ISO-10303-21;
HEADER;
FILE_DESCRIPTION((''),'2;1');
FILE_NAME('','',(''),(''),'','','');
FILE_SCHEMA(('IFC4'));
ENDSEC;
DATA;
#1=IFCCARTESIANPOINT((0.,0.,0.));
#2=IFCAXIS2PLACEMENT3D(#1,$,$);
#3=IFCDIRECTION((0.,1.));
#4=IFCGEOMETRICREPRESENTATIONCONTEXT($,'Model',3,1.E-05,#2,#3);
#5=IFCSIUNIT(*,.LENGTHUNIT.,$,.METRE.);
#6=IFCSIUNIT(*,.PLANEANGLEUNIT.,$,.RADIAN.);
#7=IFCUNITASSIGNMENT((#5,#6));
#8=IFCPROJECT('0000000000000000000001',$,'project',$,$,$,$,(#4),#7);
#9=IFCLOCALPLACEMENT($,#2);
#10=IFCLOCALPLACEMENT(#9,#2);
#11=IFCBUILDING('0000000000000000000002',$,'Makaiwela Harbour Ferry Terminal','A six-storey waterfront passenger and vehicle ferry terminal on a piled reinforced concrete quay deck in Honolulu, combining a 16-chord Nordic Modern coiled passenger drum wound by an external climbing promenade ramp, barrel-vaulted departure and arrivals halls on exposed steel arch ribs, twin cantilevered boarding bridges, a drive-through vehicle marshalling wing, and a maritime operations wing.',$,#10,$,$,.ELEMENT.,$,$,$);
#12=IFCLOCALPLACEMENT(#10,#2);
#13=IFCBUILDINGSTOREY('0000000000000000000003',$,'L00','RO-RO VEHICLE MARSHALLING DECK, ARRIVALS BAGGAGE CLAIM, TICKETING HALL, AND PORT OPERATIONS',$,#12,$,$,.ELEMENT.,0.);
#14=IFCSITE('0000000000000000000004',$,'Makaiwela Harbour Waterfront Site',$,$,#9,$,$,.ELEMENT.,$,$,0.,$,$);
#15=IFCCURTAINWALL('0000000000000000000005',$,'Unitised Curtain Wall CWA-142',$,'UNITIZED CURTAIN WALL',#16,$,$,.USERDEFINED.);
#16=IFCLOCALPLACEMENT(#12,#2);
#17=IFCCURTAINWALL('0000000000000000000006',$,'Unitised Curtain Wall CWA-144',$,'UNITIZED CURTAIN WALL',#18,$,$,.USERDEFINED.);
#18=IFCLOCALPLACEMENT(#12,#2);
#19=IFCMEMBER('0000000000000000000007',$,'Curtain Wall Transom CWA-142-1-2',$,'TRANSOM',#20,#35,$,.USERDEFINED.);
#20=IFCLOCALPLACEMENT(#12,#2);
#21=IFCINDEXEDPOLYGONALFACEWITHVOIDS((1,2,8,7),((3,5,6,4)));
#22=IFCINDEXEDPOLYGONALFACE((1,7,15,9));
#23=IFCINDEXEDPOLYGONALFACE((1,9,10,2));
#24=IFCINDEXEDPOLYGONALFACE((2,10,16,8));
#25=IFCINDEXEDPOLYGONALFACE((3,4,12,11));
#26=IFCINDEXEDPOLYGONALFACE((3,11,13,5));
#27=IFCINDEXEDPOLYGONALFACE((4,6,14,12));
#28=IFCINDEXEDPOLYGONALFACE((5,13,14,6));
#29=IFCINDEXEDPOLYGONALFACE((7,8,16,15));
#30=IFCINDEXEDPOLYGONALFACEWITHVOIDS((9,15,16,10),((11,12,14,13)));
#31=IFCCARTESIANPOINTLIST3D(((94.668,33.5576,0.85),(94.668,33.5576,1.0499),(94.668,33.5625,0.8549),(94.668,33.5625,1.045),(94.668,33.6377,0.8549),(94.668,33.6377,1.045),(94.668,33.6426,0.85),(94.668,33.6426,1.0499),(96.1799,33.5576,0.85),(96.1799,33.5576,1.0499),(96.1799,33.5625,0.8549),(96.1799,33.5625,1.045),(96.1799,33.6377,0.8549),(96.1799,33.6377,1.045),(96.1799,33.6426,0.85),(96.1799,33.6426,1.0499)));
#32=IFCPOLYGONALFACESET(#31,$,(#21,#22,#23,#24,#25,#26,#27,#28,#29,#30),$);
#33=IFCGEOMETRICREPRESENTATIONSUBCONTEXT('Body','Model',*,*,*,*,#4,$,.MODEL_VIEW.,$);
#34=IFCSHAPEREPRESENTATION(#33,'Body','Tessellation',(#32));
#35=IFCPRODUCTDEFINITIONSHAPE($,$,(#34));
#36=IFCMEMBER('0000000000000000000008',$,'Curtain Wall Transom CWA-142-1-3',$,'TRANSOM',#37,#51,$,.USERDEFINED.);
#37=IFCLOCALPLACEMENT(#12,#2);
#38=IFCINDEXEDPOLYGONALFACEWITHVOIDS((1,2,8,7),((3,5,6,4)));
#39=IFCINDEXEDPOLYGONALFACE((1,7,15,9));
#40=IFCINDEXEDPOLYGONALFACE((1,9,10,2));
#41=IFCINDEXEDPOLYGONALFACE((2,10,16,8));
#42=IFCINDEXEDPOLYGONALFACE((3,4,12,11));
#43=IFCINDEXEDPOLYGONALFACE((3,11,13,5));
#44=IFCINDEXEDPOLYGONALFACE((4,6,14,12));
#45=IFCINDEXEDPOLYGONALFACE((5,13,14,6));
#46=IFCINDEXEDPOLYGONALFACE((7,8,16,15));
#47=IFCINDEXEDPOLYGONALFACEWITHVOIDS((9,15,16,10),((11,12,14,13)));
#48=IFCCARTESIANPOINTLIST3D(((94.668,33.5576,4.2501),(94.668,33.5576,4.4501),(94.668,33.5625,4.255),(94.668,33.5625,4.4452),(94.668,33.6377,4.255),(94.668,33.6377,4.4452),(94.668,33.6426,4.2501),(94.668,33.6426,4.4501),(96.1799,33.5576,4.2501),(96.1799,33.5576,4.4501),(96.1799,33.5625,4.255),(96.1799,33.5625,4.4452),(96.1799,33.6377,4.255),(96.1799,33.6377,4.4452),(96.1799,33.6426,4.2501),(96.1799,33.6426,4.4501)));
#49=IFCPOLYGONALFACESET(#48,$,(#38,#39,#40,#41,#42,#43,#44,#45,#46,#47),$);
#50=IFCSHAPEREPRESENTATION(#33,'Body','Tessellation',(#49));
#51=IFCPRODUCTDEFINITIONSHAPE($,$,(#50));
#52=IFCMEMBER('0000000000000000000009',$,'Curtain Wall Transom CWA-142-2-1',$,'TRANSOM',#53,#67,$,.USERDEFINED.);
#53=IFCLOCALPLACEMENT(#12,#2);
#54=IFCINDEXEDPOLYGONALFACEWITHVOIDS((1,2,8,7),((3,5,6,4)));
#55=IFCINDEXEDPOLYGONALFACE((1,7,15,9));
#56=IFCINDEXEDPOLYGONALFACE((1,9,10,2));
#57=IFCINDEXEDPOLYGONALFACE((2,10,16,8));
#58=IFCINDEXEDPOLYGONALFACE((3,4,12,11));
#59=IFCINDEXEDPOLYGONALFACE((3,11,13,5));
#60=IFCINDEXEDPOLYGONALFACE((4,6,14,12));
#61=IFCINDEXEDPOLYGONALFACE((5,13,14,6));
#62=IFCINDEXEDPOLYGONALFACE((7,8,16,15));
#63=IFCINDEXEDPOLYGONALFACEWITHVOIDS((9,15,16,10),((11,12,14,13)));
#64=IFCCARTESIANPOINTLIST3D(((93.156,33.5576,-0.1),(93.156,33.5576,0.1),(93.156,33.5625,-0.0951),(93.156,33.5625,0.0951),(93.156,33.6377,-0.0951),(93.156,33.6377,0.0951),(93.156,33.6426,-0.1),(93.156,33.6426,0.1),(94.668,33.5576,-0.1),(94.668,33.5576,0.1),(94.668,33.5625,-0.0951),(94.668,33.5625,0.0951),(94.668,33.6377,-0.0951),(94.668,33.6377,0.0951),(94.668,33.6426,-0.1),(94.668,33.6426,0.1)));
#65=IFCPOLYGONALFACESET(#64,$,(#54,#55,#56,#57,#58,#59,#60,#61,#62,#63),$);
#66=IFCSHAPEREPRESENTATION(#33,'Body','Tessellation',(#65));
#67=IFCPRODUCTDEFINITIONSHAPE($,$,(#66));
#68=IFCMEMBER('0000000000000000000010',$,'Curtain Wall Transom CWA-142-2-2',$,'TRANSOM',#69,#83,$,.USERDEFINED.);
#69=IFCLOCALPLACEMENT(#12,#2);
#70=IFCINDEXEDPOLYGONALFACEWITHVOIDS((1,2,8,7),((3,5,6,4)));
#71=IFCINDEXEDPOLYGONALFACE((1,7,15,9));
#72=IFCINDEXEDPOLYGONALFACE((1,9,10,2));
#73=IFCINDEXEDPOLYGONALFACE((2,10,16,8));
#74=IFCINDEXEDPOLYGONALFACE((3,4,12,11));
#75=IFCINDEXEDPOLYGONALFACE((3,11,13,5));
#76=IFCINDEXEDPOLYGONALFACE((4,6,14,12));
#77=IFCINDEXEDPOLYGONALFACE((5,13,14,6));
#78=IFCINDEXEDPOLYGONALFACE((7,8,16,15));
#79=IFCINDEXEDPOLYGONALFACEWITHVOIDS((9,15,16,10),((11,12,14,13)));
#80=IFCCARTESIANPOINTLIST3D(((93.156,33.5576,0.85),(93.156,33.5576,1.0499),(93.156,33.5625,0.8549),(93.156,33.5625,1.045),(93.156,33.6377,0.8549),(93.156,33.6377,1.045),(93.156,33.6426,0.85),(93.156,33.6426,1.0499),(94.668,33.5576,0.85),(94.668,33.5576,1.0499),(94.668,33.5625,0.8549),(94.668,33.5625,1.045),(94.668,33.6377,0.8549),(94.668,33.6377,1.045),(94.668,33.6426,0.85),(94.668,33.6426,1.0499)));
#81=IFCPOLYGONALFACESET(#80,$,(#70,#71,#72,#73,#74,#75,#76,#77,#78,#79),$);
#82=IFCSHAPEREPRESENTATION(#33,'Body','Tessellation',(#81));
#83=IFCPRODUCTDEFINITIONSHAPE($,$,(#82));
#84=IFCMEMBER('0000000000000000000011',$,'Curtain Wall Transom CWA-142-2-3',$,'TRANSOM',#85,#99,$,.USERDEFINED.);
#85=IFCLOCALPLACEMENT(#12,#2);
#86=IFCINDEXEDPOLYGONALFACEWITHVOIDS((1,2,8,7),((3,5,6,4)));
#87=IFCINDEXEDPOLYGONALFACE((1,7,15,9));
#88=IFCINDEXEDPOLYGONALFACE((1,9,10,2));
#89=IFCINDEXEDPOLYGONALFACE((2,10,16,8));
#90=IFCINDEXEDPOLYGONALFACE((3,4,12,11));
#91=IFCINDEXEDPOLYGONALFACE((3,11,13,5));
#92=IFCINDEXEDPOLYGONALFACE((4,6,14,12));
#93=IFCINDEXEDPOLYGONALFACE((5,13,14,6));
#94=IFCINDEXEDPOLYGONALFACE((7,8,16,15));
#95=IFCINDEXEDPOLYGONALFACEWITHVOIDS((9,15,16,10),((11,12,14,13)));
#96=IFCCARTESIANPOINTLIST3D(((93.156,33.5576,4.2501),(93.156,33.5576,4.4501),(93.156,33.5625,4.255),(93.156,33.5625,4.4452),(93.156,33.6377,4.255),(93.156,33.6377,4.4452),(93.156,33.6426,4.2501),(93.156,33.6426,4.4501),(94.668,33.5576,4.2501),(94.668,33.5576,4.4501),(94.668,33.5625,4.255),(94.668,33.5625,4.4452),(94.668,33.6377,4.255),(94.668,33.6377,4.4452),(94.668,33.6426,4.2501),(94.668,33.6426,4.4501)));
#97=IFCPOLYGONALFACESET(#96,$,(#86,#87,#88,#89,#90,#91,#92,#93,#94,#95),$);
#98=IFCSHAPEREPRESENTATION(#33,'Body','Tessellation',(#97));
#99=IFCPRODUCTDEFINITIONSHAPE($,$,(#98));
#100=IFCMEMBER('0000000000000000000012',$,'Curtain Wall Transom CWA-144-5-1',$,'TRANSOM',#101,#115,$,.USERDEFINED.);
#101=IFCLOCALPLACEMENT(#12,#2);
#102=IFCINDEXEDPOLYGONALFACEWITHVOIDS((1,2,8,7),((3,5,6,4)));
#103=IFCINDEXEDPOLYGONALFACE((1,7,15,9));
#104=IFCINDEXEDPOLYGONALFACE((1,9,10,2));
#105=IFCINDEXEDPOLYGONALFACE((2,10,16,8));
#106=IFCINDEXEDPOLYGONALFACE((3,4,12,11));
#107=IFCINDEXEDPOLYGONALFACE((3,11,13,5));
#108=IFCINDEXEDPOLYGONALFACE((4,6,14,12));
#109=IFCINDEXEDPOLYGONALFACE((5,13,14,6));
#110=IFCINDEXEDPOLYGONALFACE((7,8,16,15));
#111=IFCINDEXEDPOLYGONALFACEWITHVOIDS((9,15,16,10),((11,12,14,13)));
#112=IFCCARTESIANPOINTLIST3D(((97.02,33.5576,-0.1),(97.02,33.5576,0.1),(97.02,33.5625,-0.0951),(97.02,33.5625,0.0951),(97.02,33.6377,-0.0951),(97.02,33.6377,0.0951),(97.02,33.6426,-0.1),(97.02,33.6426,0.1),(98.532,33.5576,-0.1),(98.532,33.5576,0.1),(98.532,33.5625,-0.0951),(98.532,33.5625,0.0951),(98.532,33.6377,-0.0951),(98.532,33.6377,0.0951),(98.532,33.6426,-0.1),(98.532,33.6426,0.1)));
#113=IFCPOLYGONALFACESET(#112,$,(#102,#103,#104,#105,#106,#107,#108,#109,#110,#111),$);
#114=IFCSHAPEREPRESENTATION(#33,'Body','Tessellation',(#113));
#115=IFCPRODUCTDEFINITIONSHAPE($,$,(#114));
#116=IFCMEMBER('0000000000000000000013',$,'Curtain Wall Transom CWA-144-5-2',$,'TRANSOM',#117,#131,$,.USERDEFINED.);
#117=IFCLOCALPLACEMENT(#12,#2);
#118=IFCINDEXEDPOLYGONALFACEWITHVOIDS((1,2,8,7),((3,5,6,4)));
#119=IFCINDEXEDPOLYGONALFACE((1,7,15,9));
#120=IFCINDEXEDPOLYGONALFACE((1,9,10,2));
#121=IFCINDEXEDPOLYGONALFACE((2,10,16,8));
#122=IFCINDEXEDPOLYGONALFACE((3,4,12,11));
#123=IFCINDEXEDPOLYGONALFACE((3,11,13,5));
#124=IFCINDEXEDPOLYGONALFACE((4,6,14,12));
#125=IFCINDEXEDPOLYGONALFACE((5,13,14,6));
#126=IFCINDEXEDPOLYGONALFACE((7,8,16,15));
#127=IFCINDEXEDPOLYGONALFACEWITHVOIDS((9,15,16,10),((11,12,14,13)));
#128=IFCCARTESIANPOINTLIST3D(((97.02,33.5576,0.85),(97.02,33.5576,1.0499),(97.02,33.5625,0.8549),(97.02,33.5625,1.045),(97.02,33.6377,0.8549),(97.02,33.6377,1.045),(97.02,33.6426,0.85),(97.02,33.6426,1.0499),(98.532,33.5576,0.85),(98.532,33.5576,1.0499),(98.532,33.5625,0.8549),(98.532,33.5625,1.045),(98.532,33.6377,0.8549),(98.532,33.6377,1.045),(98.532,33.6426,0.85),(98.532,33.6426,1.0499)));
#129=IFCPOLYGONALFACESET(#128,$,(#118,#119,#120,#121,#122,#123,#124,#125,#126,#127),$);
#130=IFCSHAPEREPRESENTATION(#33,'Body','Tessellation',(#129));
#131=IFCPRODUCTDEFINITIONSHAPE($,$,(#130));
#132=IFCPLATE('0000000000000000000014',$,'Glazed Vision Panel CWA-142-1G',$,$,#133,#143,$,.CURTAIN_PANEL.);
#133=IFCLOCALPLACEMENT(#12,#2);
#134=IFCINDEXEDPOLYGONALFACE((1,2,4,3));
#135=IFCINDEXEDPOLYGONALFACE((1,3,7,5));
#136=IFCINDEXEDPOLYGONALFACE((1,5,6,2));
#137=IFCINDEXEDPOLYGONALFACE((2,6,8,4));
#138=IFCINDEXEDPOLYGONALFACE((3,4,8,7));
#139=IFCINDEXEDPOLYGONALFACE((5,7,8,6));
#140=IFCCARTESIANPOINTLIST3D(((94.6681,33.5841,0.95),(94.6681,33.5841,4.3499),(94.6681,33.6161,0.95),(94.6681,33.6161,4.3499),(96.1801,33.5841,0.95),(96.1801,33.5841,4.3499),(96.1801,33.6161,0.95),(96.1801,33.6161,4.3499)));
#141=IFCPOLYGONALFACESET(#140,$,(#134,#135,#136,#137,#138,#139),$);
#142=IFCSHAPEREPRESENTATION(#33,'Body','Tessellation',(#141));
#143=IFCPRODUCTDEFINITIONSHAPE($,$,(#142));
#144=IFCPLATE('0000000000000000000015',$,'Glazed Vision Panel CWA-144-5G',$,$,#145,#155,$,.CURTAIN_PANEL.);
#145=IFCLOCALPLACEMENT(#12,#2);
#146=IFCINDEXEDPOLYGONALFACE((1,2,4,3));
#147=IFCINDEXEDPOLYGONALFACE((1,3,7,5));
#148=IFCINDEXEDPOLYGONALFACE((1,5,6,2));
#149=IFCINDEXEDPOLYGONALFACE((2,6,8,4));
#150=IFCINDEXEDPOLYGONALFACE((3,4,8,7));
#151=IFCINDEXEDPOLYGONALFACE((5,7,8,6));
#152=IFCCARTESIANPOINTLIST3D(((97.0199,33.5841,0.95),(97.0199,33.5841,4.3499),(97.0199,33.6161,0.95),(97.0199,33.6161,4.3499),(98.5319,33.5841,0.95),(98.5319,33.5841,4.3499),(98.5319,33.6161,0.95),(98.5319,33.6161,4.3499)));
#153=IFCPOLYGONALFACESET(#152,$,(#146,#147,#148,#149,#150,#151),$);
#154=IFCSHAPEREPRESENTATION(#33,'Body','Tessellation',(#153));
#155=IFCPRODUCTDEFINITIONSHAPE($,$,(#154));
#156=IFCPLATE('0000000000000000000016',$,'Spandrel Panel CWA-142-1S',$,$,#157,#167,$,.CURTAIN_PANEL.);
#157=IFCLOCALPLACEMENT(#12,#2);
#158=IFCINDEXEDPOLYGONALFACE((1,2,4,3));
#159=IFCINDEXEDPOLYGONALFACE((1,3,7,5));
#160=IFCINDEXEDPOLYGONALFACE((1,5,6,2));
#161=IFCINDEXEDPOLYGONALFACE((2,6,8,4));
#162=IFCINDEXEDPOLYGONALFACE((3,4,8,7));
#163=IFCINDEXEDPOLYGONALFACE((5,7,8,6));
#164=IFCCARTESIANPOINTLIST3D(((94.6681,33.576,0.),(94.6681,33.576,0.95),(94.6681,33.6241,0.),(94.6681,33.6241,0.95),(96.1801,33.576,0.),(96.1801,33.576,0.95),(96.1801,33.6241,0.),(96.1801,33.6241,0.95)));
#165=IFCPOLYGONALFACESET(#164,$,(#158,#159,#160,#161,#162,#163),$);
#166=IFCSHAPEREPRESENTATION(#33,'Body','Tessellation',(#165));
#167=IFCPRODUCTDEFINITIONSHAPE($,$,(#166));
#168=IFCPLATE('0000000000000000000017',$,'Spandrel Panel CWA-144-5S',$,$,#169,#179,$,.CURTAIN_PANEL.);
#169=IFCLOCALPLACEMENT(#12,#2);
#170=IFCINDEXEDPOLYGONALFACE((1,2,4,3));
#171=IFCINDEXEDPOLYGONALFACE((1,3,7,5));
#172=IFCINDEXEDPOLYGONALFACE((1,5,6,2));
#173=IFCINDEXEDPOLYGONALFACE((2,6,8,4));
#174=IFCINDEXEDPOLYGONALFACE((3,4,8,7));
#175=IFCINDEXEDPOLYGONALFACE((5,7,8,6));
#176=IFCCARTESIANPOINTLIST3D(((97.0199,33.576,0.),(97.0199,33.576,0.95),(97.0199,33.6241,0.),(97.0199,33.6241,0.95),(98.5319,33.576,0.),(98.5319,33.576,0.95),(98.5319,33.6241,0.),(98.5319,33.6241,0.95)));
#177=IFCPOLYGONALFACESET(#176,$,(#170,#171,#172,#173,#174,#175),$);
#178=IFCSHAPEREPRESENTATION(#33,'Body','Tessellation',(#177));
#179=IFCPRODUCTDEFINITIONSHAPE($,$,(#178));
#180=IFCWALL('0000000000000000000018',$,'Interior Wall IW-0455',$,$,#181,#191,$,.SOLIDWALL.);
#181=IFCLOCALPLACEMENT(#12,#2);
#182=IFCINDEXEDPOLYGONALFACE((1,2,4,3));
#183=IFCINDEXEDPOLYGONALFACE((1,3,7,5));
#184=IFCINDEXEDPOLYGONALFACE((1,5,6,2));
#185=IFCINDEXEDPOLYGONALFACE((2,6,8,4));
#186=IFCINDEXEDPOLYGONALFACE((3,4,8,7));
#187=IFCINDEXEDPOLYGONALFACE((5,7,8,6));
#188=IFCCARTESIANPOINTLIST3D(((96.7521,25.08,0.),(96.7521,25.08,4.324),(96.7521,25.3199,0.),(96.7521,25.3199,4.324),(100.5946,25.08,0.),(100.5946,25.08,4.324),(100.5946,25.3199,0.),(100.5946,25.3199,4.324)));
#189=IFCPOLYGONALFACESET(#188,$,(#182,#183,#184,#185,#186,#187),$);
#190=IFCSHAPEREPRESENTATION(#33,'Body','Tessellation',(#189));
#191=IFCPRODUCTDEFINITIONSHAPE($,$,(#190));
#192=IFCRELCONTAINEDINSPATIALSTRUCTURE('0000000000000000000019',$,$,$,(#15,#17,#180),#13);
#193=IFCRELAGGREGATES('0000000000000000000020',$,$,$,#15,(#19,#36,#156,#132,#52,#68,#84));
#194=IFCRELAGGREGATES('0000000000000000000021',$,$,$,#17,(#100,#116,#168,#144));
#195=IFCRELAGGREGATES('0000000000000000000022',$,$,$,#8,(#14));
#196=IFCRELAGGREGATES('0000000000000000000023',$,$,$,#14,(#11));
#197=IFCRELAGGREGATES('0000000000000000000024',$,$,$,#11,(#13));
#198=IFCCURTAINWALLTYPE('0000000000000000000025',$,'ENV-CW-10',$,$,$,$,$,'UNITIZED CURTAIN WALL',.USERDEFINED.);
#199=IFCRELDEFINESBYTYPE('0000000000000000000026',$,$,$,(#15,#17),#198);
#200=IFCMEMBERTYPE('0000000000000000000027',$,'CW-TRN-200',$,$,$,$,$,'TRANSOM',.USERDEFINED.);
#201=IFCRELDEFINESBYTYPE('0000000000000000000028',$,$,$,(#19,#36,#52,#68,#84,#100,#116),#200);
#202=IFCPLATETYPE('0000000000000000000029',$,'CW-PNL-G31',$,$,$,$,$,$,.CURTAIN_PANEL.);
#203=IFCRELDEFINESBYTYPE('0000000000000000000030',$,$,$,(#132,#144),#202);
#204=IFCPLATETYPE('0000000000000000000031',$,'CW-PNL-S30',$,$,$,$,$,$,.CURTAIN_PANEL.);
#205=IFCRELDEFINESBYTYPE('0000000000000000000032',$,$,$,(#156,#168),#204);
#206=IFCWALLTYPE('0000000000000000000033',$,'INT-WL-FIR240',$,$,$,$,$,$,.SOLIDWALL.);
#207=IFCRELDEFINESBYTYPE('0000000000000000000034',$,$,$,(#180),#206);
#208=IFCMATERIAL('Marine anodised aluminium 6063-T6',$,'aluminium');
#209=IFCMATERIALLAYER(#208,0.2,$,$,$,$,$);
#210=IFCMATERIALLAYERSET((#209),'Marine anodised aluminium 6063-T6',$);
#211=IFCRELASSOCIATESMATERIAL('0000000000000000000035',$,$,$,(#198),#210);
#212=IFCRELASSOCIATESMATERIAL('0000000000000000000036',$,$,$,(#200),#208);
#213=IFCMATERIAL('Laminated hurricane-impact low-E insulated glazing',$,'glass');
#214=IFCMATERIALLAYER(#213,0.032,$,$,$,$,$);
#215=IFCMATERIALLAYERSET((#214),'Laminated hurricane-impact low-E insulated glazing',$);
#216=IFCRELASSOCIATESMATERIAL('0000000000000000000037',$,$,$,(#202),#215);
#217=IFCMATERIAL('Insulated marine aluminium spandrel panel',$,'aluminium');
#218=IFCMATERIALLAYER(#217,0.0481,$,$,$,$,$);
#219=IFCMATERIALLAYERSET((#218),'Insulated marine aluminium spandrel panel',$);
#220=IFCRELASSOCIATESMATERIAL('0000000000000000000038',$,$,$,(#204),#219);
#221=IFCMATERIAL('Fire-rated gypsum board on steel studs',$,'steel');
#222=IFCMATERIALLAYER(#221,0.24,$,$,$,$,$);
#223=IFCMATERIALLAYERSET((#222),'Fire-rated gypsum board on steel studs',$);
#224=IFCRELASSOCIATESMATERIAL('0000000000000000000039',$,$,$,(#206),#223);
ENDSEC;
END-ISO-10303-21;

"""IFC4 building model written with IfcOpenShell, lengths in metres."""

from ifc_helpers import new_model, si_unit, direction, frame, frame_2d, origin, origin_2d, place, context, subcontext, project, spatial, rectangle, hollow_rectangle, extrude, material, layer, layer_set, material_profile, profile_set, type_object, element, aggregate, save


model = new_model("IFC4")

# Units and contexts
model_context = context("Model", 3, precision=1e-05, world=origin(), true_north=direction((0.0, 1.0)))
body_context = subcontext(model_context, "Body", "Model", "MODEL_VIEW")
ifc_project = project(units=[si_unit("LENGTHUNIT", "METRE"), si_unit("PLANEANGLEUNIT", "RADIAN")], contexts=[model_context])

# Site, building, storey
site_placement = place(None, origin())
site = spatial("IfcSite", under=ifc_project, at=site_placement, Name="Makaiwela Harbour Waterfront Site", CompositionType="ELEMENT", RefElevation=0.0)
building_placement = place(site_placement, origin())
building = spatial("IfcBuilding", under=site, at=building_placement, Name="Makaiwela Harbour Ferry Terminal", Description="A six-storey waterfront passenger and vehicle ferry terminal on a piled reinforced concrete quay deck in Honolulu, combining a 16-chord Nordic Modern coiled passenger drum wound by an external climbing promenade ramp, barrel-vaulted departure and arrivals halls on exposed steel arch ribs, twin cantilevered boarding bridges, a drive-through vehicle marshalling wing, and a maritime operations wing.", CompositionType="ELEMENT")
storey_placement = place(building_placement, origin())
storey = spatial("IfcBuildingStorey", under=building, at=storey_placement, Name="L00", Description="RO-RO VEHICLE MARSHALLING DECK, ARRIVALS BAGGAGE CLAIM, TICKETING HALL, AND PORT OPERATIONS", CompositionType="ELEMENT", Elevation=0.0)

# Curtain wall
ifc_material_1 = material(Name="Marine anodised aluminium 6063-T6", Category="aluminium")
ifc_layer_1 = layer(ifc_material_1, 0.2)
ifc_layer_set_1 = layer_set([ifc_layer_1], Name="Marine anodised aluminium 6063-T6")
curtain_wall_type = type_object("IfcCurtainWallType", Name="ENV-CW-10", ElementType="UNITIZED CURTAIN WALL", PredefinedType="USERDEFINED", material=ifc_layer_set_1)
curtain_wall_1_placement = place(storey_placement, origin())
curtain_wall_1 = element("IfcCurtainWall", 1, at=curtain_wall_1_placement, inside=storey, type_object=curtain_wall_type, Name="Unitised Curtain Wall CWA-142", ObjectType="UNITIZED CURTAIN WALL", PredefinedType="USERDEFINED")

# Curtain wall
curtain_wall_2_placement = place(storey_placement, origin())
curtain_wall_2 = element("IfcCurtainWall", 2, at=curtain_wall_2_placement, inside=storey, type_object=curtain_wall_type, Name="Unitised Curtain Wall CWA-144", ObjectType="UNITIZED CURTAIN WALL", PredefinedType="USERDEFINED")

# Members
ifc_material_profile_1 = material_profile(ifc_material_1, hollow_rectangle(XDim=0.085, YDim=0.2, WallThickness=0.0049, at=origin_2d()), Name="CWT-200X85")
ifc_profile_set_1 = profile_set([ifc_material_profile_1], Name="Marine anodised aluminium 6063-T6")
member_type_1 = type_object("IfcMemberType", Name="CW-TRN-200", ElementType="TRANSOM", PredefinedType="USERDEFINED", material=ifc_profile_set_1)
member_1_placement = place(storey_placement, frame((96.1799, 33.6001, 0.95), z_axis=(-1.0, 0.0, 0.0), x_axis=(0.0, -1.0, 0.0)))
member_1 = element("IfcMember", 3, at=member_1_placement, type_object=member_type_1, Name="Curtain Wall Transom CWA-142-1-2", ObjectType="TRANSOM", PredefinedType="USERDEFINED", context=body_context, shape_type="SweptSolid", body=[
    extrude(hollow_rectangle(XDim=0.085, YDim=0.2, WallThickness=0.0049, at=origin_2d()), origin(), (0.0, 0.0, 1.0), 1.512),
])
member_2_placement = place(storey_placement, frame((96.1799, 33.6001, 4.3501), z_axis=(-1.0, 0.0, 0.0), x_axis=(0.0, -1.0, 0.0)))
member_2 = element("IfcMember", 4, at=member_2_placement, type_object=member_type_1, Name="Curtain Wall Transom CWA-142-1-3", ObjectType="TRANSOM", PredefinedType="USERDEFINED", context=body_context, shape_type="SweptSolid", body=[
    extrude(hollow_rectangle(XDim=0.085, YDim=0.2, WallThickness=0.0049, at=origin_2d()), origin(), (0.0, 0.0, 1.0), 1.512),
])
member_3_placement = place(storey_placement, frame((94.668, 33.6001, 0.0), z_axis=(-1.0, 0.0, 0.0), x_axis=(0.0, -1.0, 0.0)))
member_3 = element("IfcMember", 5, at=member_3_placement, type_object=member_type_1, Name="Curtain Wall Transom CWA-142-2-1", ObjectType="TRANSOM", PredefinedType="USERDEFINED", context=body_context, shape_type="SweptSolid", body=[
    extrude(hollow_rectangle(XDim=0.085, YDim=0.2, WallThickness=0.0049, at=origin_2d()), origin(), (0.0, 0.0, 1.0), 1.512),
])
member_4_placement = place(storey_placement, frame((94.668, 33.6001, 0.95), z_axis=(-1.0, 0.0, 0.0), x_axis=(0.0, -1.0, 0.0)))
member_4 = element("IfcMember", 6, at=member_4_placement, type_object=member_type_1, Name="Curtain Wall Transom CWA-142-2-2", ObjectType="TRANSOM", PredefinedType="USERDEFINED", context=body_context, shape_type="SweptSolid", body=[
    extrude(hollow_rectangle(XDim=0.085, YDim=0.2, WallThickness=0.0049, at=origin_2d()), origin(), (0.0, 0.0, 1.0), 1.512),
])
member_5_placement = place(storey_placement, frame((94.668, 33.6001, 4.3501), z_axis=(-1.0, 0.0, 0.0), x_axis=(0.0, -1.0, 0.0)))
member_5 = element("IfcMember", 7, at=member_5_placement, type_object=member_type_1, Name="Curtain Wall Transom CWA-142-2-3", ObjectType="TRANSOM", PredefinedType="USERDEFINED", context=body_context, shape_type="SweptSolid", body=[
    extrude(hollow_rectangle(XDim=0.085, YDim=0.2, WallThickness=0.0049, at=origin_2d()), origin(), (0.0, 0.0, 1.0), 1.512),
])
member_6_placement = place(storey_placement, frame((98.532, 33.6001, 0.0), z_axis=(-1.0, 0.0, 0.0), x_axis=(0.0, -1.0, 0.0)))
member_6 = element("IfcMember", 8, at=member_6_placement, type_object=member_type_1, Name="Curtain Wall Transom CWA-144-5-1", ObjectType="TRANSOM", PredefinedType="USERDEFINED", context=body_context, shape_type="SweptSolid", body=[
    extrude(hollow_rectangle(XDim=0.085, YDim=0.2, WallThickness=0.0049, at=origin_2d()), origin(), (0.0, 0.0, 1.0), 1.512),
])
member_7_placement = place(storey_placement, frame((98.532, 33.6001, 0.95), z_axis=(-1.0, 0.0, 0.0), x_axis=(0.0, -1.0, 0.0)))
member_7 = element("IfcMember", 9, at=member_7_placement, type_object=member_type_1, Name="Curtain Wall Transom CWA-144-5-2", ObjectType="TRANSOM", PredefinedType="USERDEFINED", context=body_context, shape_type="SweptSolid", body=[
    extrude(hollow_rectangle(XDim=0.085, YDim=0.2, WallThickness=0.0049, at=origin_2d()), origin(), (0.0, 0.0, 1.0), 1.512),
])

# Plates
ifc_material_2 = material(Name="Laminated hurricane-impact low-E insulated glazing", Category="glass")
ifc_layer_2 = layer(ifc_material_2, 0.032)
ifc_layer_set_2 = layer_set([ifc_layer_2], Name="Laminated hurricane-impact low-E insulated glazing")
plate_type_1 = type_object("IfcPlateType", Name="CW-PNL-G31", PredefinedType="CURTAIN_PANEL", material=ifc_layer_set_2)
plate_1_placement = place(storey_placement, frame((95.4241, 33.6001, 0.95), z_axis=(0.0, 0.0, 1.0), x_axis=(-1.0, 0.0, 0.0)))
plate_1 = element("IfcPlate", 10, at=plate_1_placement, type_object=plate_type_1, Name="Glazed Vision Panel CWA-142-1G", PredefinedType="CURTAIN_PANEL", context=body_context, shape_type="SweptSolid", body=[
    extrude(rectangle(XDim=1.512, YDim=0.032, at=origin_2d()), origin(), (0.0, 0.0, 1.0), 3.3999),
])
plate_2_placement = place(storey_placement, frame((97.7759, 33.6001, 0.95), z_axis=(0.0, 0.0, 1.0), x_axis=(-1.0, 0.0, 0.0)))
plate_2 = element("IfcPlate", 11, at=plate_2_placement, type_object=plate_type_1, Name="Glazed Vision Panel CWA-144-5G", PredefinedType="CURTAIN_PANEL", context=body_context, shape_type="SweptSolid", body=[
    extrude(rectangle(XDim=1.512, YDim=0.032, at=origin_2d()), origin(), (0.0, 0.0, 1.0), 3.3999),
])
ifc_material_3 = material(Name="Insulated marine aluminium spandrel panel", Category="aluminium")
ifc_layer_3 = layer(ifc_material_3, 0.0481)
ifc_layer_set_3 = layer_set([ifc_layer_3], Name="Insulated marine aluminium spandrel panel")
plate_type_2 = type_object("IfcPlateType", Name="CW-PNL-S30", PredefinedType="CURTAIN_PANEL", material=ifc_layer_set_3)
plate_3_placement = place(storey_placement, frame((95.4241, 33.6001, 0.0), z_axis=(0.0, 0.0, 1.0), x_axis=(-1.0, 0.0, 0.0)))
plate_3 = element("IfcPlate", 12, at=plate_3_placement, type_object=plate_type_2, Name="Spandrel Panel CWA-142-1S", PredefinedType="CURTAIN_PANEL", context=body_context, shape_type="SweptSolid", body=[
    extrude(rectangle(XDim=1.512, YDim=0.0481, at=origin_2d()), origin(), (0.0, 0.0, 1.0), 0.95),
])
aggregate(curtain_wall_1, [member_1, member_2, plate_3, plate_1, member_3, member_4, member_5])
plate_4_placement = place(storey_placement, frame((97.7759, 33.6001, 0.0), z_axis=(0.0, 0.0, 1.0), x_axis=(-1.0, 0.0, 0.0)))
plate_4 = element("IfcPlate", 13, at=plate_4_placement, type_object=plate_type_2, Name="Spandrel Panel CWA-144-5S", PredefinedType="CURTAIN_PANEL", context=body_context, shape_type="SweptSolid", body=[
    extrude(rectangle(XDim=1.512, YDim=0.0481, at=origin_2d()), origin(), (0.0, 0.0, 1.0), 0.95),
])
aggregate(curtain_wall_2, [member_6, member_7, plate_4, plate_2])

# Wall
ifc_material_4 = material(Name="Fire-rated gypsum board on steel studs", Category="steel")
ifc_layer_4 = layer(ifc_material_4, 0.24)
ifc_layer_set_4 = layer_set([ifc_layer_4], Name="Fire-rated gypsum board on steel studs")
wall_type = type_object("IfcWallType", Name="INT-WL-FIR240", PredefinedType="SOLIDWALL", material=ifc_layer_set_4)
wall_placement = place(storey_placement, frame((96.752, 25.2, 0.0), z_axis=(0.0, 0.0, 1.0), x_axis=(1.0, 0.0, 0.0)))
element("IfcWall", 14, at=wall_placement, inside=storey, type_object=wall_type, Name="Interior Wall IW-0455", PredefinedType="SOLIDWALL", context=body_context, shape_type="SweptSolid", body=[
    extrude(rectangle(XDim=3.8425, YDim=0.24, at=frame_2d((1.9214, 0.0))), origin(), (0.0, 0.0, 1.0), 4.324),
])

save(model, "model.ifc")
